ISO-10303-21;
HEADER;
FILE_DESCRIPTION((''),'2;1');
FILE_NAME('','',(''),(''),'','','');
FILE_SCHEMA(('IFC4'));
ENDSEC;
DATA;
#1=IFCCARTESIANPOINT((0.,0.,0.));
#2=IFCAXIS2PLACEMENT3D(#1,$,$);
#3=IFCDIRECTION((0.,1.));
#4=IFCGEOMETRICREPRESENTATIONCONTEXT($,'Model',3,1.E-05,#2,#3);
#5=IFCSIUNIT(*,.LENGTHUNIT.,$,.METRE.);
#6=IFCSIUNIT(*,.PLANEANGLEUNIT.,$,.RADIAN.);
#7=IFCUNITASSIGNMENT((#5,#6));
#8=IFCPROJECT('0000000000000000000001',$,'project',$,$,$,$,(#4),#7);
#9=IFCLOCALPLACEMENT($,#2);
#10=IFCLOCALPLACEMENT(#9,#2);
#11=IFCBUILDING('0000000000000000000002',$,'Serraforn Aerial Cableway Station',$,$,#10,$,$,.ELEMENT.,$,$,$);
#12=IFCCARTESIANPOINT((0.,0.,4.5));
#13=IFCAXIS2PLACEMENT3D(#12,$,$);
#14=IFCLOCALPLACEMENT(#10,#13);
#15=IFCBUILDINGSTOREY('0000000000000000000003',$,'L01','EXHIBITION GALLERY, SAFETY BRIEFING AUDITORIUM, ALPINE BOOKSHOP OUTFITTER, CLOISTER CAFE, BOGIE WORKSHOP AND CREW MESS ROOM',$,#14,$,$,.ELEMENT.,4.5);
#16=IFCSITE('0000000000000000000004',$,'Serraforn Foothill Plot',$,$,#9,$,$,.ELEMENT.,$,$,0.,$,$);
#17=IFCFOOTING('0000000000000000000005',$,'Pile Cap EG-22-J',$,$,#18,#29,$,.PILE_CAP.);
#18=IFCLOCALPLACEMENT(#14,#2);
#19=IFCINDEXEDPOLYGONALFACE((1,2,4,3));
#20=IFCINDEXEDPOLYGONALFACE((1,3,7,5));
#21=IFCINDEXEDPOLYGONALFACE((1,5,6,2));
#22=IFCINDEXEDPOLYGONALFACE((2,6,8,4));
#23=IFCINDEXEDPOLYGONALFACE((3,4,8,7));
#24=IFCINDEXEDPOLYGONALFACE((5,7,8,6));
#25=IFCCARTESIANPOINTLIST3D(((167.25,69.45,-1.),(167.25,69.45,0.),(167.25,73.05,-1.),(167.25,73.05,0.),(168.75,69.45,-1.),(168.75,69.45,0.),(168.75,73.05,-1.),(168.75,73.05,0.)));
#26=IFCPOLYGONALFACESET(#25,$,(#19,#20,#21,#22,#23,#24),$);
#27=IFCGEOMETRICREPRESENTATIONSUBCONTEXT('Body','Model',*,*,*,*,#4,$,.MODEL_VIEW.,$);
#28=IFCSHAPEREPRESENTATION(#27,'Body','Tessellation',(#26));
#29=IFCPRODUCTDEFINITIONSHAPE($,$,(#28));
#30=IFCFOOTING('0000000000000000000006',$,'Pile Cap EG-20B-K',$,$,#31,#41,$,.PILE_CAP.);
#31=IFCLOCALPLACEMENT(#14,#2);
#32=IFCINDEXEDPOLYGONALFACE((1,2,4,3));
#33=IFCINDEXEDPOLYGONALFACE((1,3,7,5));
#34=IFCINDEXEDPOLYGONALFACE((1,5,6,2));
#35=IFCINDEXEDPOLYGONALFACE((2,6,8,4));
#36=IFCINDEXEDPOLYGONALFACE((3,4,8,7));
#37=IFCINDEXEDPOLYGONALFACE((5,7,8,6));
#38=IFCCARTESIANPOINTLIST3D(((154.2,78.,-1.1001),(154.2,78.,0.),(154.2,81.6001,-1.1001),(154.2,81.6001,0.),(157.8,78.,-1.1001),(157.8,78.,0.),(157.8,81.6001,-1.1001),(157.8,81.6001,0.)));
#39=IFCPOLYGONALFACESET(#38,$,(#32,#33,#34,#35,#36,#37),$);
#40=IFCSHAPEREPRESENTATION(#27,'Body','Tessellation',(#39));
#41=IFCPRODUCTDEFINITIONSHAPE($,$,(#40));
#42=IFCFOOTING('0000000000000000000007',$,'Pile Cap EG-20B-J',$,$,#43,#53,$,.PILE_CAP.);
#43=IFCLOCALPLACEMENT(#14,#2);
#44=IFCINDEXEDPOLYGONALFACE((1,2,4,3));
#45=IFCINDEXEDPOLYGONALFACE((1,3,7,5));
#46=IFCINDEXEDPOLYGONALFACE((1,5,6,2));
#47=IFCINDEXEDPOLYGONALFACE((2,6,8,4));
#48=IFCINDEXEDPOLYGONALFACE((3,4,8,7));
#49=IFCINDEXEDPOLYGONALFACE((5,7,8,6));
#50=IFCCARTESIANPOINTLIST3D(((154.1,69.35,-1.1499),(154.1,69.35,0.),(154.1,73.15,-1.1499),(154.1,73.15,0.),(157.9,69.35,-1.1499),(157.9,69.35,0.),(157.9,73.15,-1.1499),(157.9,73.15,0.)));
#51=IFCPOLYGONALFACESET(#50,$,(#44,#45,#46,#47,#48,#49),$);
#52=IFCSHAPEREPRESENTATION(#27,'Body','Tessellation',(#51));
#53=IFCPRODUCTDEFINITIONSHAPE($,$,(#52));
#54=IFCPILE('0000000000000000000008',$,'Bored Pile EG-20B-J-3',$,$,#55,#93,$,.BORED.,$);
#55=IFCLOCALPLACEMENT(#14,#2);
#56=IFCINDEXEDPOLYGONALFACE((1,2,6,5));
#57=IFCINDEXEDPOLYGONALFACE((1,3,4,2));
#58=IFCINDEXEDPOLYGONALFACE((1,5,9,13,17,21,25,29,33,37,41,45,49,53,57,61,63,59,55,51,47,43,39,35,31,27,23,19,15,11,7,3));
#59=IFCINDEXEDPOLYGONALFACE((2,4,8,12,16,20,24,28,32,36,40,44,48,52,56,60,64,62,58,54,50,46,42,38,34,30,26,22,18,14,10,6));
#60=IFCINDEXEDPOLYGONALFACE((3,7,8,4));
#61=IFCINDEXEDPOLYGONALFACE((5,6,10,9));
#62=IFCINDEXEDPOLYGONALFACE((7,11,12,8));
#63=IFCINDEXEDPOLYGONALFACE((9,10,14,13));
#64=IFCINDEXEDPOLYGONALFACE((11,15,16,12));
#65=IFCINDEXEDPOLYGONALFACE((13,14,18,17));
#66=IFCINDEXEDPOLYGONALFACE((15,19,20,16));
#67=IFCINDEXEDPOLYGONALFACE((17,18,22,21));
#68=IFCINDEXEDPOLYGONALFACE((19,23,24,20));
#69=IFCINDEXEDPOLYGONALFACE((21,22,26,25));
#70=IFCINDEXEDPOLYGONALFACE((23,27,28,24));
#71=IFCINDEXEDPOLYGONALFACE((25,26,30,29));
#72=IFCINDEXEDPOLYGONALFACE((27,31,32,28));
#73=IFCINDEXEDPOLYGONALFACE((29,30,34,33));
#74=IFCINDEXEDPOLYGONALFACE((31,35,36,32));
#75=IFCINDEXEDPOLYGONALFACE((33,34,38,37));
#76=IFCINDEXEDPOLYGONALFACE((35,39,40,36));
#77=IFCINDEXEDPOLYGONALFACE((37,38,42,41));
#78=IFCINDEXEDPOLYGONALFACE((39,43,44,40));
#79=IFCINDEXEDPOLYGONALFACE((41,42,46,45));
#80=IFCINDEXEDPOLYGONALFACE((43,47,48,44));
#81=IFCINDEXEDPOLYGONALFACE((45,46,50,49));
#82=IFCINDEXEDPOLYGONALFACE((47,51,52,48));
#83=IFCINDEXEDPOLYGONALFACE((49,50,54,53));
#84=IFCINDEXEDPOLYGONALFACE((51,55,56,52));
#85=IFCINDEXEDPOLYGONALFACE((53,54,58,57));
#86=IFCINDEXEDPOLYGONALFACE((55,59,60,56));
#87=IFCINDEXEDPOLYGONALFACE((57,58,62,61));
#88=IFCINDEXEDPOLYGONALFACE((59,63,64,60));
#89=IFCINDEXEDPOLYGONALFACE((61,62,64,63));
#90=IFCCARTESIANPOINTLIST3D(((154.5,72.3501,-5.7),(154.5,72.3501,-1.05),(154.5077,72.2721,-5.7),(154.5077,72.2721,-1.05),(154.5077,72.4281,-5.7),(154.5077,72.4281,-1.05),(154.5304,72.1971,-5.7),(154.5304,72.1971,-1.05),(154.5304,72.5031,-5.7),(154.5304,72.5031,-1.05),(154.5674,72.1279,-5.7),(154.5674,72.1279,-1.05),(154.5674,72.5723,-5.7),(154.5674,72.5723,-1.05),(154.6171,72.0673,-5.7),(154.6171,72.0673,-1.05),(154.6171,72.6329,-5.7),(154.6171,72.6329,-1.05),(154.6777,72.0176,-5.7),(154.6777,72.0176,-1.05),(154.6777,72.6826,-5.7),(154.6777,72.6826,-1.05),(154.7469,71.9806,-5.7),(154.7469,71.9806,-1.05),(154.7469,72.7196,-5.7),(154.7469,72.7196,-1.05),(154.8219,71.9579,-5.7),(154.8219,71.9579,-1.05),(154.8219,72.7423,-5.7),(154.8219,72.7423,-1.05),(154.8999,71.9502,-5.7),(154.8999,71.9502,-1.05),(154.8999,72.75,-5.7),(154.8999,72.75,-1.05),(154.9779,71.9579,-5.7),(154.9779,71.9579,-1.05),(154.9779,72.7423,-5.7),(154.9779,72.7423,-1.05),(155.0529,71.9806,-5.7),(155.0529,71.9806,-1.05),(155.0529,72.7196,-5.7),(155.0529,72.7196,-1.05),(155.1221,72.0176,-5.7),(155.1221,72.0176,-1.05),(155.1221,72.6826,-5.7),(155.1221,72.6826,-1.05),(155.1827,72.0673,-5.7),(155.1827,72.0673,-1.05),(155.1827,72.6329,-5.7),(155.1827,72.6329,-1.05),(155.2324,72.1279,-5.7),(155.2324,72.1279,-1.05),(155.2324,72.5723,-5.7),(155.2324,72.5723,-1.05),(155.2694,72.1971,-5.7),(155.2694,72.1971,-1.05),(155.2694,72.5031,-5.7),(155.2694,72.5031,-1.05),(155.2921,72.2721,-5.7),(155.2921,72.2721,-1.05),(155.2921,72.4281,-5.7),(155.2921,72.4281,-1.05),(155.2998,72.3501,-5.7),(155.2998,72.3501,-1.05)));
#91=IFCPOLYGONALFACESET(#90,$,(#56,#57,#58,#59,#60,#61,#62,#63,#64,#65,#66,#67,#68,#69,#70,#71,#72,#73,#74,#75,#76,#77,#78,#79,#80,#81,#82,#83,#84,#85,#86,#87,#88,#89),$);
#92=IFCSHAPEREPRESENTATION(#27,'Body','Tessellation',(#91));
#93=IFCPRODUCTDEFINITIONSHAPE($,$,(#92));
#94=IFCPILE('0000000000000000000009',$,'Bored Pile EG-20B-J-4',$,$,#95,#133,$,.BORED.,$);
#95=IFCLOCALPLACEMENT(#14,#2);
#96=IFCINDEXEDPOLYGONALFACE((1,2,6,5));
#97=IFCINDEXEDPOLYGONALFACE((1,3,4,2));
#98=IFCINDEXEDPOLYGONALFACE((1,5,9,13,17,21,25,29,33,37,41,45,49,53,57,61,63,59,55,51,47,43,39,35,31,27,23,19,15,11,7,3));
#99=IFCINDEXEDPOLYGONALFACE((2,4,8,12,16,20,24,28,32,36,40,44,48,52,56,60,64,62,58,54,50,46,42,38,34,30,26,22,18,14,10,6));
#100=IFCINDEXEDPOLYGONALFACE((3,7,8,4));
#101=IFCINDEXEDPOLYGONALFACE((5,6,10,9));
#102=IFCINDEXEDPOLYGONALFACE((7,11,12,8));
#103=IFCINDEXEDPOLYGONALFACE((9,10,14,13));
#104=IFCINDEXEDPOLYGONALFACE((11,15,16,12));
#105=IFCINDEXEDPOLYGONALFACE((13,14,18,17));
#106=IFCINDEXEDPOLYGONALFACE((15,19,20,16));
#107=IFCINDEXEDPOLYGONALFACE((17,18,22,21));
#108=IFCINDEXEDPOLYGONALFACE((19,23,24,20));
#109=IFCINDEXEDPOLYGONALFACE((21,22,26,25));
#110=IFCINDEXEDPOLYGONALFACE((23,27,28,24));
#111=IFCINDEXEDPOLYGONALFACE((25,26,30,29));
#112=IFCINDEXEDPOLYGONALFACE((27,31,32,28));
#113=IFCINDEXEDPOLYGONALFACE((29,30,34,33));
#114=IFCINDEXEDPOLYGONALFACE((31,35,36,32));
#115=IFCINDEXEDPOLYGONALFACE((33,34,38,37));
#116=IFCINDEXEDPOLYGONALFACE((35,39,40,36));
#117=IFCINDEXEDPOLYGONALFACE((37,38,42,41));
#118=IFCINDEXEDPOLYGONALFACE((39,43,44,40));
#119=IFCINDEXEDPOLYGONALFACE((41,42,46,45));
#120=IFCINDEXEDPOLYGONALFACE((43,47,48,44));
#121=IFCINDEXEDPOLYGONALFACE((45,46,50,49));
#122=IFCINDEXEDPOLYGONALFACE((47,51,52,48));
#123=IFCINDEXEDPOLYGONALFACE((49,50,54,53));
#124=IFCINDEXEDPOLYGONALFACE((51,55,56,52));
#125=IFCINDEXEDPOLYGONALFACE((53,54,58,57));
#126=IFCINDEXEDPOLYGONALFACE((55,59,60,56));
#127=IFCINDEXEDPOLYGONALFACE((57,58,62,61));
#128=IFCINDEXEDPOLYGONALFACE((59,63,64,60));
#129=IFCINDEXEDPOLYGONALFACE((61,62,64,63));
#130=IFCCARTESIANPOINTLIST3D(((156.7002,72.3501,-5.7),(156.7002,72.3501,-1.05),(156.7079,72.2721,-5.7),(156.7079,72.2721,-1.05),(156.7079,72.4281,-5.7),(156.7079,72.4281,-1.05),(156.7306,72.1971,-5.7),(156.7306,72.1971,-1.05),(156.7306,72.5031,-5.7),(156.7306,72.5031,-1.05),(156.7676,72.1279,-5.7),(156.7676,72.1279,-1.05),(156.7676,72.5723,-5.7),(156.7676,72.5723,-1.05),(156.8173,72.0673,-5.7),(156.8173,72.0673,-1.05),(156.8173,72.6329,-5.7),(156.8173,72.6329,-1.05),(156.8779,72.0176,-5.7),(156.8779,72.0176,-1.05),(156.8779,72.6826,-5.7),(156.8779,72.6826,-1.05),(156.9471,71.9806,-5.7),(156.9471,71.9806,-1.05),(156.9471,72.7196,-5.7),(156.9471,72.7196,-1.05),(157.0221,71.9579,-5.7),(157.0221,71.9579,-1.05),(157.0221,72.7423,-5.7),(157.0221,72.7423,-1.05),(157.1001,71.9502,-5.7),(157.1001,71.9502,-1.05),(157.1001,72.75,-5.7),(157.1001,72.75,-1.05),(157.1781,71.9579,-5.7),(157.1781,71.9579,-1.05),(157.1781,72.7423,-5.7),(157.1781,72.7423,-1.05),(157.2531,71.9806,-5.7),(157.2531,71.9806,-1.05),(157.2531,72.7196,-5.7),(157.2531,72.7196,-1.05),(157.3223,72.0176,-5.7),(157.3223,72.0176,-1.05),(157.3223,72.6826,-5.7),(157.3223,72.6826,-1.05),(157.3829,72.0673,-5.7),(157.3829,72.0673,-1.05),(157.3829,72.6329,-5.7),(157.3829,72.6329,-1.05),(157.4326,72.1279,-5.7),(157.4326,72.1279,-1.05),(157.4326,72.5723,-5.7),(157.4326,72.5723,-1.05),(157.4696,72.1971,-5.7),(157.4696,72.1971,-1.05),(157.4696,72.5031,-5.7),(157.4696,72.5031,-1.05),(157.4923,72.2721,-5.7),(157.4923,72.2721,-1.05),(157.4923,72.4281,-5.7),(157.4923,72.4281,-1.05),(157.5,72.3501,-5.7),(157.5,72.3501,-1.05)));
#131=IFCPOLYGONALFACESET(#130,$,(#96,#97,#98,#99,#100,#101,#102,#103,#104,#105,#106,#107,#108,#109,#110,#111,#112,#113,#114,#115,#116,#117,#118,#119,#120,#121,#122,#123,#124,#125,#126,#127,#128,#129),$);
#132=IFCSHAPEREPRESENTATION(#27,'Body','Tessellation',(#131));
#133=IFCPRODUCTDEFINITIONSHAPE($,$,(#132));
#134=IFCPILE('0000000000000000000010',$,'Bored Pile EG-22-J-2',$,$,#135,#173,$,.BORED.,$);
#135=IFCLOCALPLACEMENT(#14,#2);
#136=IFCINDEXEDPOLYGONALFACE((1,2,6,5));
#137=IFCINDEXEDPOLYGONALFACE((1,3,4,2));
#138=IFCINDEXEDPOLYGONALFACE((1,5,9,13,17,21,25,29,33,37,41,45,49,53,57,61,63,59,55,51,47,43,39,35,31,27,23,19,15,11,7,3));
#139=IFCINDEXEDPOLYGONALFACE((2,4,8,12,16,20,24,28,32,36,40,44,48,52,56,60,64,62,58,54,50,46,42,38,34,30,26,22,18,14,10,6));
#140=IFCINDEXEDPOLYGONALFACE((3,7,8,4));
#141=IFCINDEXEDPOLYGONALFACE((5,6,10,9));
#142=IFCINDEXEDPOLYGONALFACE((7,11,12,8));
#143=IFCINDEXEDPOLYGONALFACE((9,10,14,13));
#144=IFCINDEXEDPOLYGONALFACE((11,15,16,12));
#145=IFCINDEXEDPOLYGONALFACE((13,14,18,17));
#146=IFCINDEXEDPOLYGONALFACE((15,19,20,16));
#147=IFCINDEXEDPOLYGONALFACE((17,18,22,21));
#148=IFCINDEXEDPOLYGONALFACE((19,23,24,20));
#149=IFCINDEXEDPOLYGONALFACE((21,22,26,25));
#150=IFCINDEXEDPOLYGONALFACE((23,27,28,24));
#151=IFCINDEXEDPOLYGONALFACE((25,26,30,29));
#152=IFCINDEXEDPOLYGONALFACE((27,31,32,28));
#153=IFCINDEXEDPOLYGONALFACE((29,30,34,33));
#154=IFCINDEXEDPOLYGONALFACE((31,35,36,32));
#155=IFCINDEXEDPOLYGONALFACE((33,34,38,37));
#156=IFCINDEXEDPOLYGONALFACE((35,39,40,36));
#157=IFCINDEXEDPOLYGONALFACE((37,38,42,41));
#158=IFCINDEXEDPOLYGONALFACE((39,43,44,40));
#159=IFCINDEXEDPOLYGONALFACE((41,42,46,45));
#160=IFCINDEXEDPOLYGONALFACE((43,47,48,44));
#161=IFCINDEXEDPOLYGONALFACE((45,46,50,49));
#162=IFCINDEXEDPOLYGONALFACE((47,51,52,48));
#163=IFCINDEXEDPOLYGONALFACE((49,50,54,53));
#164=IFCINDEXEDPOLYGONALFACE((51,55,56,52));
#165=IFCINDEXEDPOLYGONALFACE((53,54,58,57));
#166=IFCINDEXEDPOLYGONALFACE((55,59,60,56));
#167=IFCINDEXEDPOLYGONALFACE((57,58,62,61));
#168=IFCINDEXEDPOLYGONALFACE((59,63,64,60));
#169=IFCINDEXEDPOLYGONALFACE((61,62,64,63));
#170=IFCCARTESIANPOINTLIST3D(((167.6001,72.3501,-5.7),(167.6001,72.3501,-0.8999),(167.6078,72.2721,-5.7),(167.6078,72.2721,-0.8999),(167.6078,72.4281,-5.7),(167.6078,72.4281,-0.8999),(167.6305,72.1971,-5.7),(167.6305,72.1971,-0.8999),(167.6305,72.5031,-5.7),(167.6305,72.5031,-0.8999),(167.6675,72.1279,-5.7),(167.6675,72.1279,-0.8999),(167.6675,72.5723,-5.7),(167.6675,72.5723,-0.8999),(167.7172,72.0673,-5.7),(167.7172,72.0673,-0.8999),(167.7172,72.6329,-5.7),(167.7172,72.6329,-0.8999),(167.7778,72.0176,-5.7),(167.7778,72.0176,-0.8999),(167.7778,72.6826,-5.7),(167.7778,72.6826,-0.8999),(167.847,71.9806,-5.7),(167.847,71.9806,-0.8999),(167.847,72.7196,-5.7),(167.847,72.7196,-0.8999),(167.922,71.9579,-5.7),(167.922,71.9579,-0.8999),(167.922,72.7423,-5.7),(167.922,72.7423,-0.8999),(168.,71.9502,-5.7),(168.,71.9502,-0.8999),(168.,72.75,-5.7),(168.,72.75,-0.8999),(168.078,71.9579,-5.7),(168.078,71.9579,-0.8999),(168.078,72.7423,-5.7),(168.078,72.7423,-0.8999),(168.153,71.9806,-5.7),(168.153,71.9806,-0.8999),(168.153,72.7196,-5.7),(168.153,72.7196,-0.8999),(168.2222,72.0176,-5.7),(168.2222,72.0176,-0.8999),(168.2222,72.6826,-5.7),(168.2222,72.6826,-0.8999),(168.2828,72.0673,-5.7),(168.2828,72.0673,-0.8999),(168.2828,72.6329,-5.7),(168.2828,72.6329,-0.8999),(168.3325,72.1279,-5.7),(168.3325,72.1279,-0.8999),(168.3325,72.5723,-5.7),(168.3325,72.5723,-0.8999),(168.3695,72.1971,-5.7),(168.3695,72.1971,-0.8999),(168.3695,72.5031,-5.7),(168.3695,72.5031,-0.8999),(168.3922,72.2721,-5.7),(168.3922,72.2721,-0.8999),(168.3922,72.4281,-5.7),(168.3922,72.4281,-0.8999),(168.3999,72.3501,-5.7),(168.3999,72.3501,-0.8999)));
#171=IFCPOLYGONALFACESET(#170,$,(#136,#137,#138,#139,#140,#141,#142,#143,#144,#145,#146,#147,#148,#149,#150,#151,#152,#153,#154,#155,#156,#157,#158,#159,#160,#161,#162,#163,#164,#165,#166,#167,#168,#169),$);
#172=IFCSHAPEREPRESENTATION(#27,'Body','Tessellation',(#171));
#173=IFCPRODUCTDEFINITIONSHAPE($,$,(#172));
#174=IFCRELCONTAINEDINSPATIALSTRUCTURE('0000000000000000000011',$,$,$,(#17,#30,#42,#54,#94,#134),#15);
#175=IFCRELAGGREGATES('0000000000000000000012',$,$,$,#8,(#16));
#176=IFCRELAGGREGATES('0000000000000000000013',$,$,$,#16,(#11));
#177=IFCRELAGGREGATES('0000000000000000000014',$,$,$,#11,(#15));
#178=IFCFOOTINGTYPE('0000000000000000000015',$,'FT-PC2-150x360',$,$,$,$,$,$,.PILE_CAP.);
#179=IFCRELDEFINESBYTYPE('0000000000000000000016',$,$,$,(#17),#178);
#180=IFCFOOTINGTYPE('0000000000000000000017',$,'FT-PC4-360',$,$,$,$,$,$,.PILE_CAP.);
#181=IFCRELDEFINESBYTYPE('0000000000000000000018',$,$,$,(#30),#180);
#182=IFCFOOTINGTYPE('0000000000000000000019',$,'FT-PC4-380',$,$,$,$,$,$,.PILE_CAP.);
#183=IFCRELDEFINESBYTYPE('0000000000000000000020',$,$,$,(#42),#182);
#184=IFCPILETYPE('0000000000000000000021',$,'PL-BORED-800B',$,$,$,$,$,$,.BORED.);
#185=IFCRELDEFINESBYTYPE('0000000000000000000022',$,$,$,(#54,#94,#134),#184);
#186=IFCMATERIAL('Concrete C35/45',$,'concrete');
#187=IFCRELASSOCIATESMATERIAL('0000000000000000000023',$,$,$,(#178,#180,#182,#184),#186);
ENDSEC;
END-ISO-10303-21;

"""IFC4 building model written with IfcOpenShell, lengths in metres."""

from ifc_helpers import new_model, si_unit, direction, frame, origin, origin_2d, place, context, subcontext, project, spatial, rectangle, circle, extrude, material, material_profile, profile_set, type_object, element, save


model = new_model("IFC4")

# Units and contexts
model_context = context("Model", 3, precision=1e-05, world=origin(), true_north=direction((0.0, 1.0)))
body_context = subcontext(model_context, "Body", "Model", "MODEL_VIEW")
ifc_project = project(units=[si_unit("LENGTHUNIT", "METRE"), si_unit("PLANEANGLEUNIT", "RADIAN")], contexts=[model_context])

# Site, building, storey
site_placement = place(None, origin())
site = spatial("IfcSite", under=ifc_project, at=site_placement, Name="Serraforn Foothill Plot", CompositionType="ELEMENT", RefElevation=0.0)
building_placement = place(site_placement, origin())
building = spatial("IfcBuilding", under=site, at=building_placement, Name="Serraforn Aerial Cableway Station", CompositionType="ELEMENT")
storey_placement = place(building_placement, frame((0.0, 0.0, 4.5)))
storey = spatial("IfcBuildingStorey", under=building, at=storey_placement, Name="L01", Description="EXHIBITION GALLERY, SAFETY BRIEFING AUDITORIUM, ALPINE BOOKSHOP OUTFITTER, CLOISTER CAFE, BOGIE WORKSHOP AND CREW MESS ROOM", CompositionType="ELEMENT", Elevation=4.5)

# Footings
ifc_material_1 = material(Name="Concrete C35/45", Category="concrete")
footing_type_1 = type_object("IfcFootingType", Name="FT-PC2-150x360", PredefinedType="PILE_CAP", material=ifc_material_1)
footing_1_placement = place(storey_placement, frame((168.0, 71.25, -1.0), z_axis=(0.0, 0.0, 1.0), x_axis=(1.0, 0.0, 0.0)))
element("IfcFooting", 1, at=footing_1_placement, inside=storey, type_object=footing_type_1, Name="Pile Cap EG-22-J", PredefinedType="PILE_CAP", context=body_context, shape_type="SweptSolid", body=[
    extrude(rectangle(XDim=1.5, YDim=3.6001, at=origin_2d()), origin(), (0.0, 0.0, 1.0), 1.0),
])
footing_type_2 = type_object("IfcFootingType", Name="FT-PC4-360", PredefinedType="PILE_CAP", material=ifc_material_1)
footing_2_placement = place(storey_placement, frame((156.0, 79.8, -1.1001), z_axis=(0.0, 0.0, 1.0), x_axis=(1.0, 0.0, 0.0)))
element("IfcFooting", 2, at=footing_2_placement, inside=storey, type_object=footing_type_2, Name="Pile Cap EG-20B-K", PredefinedType="PILE_CAP", context=body_context, shape_type="SweptSolid", body=[
    extrude(rectangle(XDim=3.6001, YDim=3.6001, at=origin_2d()), origin(), (0.0, 0.0, 1.0), 1.1001),
])
footing_type_3 = type_object("IfcFootingType", Name="FT-PC4-380", PredefinedType="PILE_CAP", material=ifc_material_1)
footing_3_placement = place(storey_placement, frame((156.0, 71.25, -1.1499), z_axis=(0.0, 0.0, 1.0), x_axis=(1.0, 0.0, 0.0)))
element("IfcFooting", 3, at=footing_3_placement, inside=storey, type_object=footing_type_3, Name="Pile Cap EG-20B-J", PredefinedType="PILE_CAP", context=body_context, shape_type="SweptSolid", body=[
    extrude(rectangle(XDim=3.8, YDim=3.8, at=origin_2d()), origin(), (0.0, 0.0, 1.0), 1.1499),
])

# Piles
ifc_material_profile_1 = material_profile(ifc_material_1, circle(Radius=0.3999, at=origin_2d()), Name="BORED PILE D800")
ifc_profile_set_1 = profile_set([ifc_material_profile_1], Name="Concrete C35/45")
pile_type_1 = type_object("IfcPileType", Name="PL-BORED-800B", PredefinedType="BORED", material=ifc_profile_set_1)
for number, where, z_axis, x_axis, name in (
    (4, (154.8999, 72.3501, -1.05), (0.0, 0.0, -1.0), (1.0, 0.0, 0.0), "Bored Pile EG-20B-J-3"),
    (5, (157.1001, 72.3501, -1.05), (0.0, 0.0, -1.0), (1.0, 0.0, 0.0), "Bored Pile EG-20B-J-4"),
):
    element("IfcPile", number, at=place(storey_placement, frame(where, z_axis=z_axis, x_axis=x_axis)), inside=storey, type_object=pile_type_1, Name=name, PredefinedType="BORED", context=body_context, shape_type="SweptSolid", body=[
        extrude(circle(Radius=0.3999, at=origin_2d()), origin(), (0.0, 0.0, 1.0), 4.6499),
    ])
pile_placement = place(storey_placement, frame((168.0, 72.3501, -0.8999), z_axis=(0.0, 0.0, -1.0), x_axis=(1.0, 0.0, 0.0)))
element("IfcPile", 6, at=pile_placement, inside=storey, type_object=pile_type_1, Name="Bored Pile EG-22-J-2", PredefinedType="BORED", context=body_context, shape_type="SweptSolid", body=[
    extrude(circle(Radius=0.3999, at=origin_2d()), origin(), (0.0, 0.0, 1.0), 4.8),
])

save(model, "model.ifc")
